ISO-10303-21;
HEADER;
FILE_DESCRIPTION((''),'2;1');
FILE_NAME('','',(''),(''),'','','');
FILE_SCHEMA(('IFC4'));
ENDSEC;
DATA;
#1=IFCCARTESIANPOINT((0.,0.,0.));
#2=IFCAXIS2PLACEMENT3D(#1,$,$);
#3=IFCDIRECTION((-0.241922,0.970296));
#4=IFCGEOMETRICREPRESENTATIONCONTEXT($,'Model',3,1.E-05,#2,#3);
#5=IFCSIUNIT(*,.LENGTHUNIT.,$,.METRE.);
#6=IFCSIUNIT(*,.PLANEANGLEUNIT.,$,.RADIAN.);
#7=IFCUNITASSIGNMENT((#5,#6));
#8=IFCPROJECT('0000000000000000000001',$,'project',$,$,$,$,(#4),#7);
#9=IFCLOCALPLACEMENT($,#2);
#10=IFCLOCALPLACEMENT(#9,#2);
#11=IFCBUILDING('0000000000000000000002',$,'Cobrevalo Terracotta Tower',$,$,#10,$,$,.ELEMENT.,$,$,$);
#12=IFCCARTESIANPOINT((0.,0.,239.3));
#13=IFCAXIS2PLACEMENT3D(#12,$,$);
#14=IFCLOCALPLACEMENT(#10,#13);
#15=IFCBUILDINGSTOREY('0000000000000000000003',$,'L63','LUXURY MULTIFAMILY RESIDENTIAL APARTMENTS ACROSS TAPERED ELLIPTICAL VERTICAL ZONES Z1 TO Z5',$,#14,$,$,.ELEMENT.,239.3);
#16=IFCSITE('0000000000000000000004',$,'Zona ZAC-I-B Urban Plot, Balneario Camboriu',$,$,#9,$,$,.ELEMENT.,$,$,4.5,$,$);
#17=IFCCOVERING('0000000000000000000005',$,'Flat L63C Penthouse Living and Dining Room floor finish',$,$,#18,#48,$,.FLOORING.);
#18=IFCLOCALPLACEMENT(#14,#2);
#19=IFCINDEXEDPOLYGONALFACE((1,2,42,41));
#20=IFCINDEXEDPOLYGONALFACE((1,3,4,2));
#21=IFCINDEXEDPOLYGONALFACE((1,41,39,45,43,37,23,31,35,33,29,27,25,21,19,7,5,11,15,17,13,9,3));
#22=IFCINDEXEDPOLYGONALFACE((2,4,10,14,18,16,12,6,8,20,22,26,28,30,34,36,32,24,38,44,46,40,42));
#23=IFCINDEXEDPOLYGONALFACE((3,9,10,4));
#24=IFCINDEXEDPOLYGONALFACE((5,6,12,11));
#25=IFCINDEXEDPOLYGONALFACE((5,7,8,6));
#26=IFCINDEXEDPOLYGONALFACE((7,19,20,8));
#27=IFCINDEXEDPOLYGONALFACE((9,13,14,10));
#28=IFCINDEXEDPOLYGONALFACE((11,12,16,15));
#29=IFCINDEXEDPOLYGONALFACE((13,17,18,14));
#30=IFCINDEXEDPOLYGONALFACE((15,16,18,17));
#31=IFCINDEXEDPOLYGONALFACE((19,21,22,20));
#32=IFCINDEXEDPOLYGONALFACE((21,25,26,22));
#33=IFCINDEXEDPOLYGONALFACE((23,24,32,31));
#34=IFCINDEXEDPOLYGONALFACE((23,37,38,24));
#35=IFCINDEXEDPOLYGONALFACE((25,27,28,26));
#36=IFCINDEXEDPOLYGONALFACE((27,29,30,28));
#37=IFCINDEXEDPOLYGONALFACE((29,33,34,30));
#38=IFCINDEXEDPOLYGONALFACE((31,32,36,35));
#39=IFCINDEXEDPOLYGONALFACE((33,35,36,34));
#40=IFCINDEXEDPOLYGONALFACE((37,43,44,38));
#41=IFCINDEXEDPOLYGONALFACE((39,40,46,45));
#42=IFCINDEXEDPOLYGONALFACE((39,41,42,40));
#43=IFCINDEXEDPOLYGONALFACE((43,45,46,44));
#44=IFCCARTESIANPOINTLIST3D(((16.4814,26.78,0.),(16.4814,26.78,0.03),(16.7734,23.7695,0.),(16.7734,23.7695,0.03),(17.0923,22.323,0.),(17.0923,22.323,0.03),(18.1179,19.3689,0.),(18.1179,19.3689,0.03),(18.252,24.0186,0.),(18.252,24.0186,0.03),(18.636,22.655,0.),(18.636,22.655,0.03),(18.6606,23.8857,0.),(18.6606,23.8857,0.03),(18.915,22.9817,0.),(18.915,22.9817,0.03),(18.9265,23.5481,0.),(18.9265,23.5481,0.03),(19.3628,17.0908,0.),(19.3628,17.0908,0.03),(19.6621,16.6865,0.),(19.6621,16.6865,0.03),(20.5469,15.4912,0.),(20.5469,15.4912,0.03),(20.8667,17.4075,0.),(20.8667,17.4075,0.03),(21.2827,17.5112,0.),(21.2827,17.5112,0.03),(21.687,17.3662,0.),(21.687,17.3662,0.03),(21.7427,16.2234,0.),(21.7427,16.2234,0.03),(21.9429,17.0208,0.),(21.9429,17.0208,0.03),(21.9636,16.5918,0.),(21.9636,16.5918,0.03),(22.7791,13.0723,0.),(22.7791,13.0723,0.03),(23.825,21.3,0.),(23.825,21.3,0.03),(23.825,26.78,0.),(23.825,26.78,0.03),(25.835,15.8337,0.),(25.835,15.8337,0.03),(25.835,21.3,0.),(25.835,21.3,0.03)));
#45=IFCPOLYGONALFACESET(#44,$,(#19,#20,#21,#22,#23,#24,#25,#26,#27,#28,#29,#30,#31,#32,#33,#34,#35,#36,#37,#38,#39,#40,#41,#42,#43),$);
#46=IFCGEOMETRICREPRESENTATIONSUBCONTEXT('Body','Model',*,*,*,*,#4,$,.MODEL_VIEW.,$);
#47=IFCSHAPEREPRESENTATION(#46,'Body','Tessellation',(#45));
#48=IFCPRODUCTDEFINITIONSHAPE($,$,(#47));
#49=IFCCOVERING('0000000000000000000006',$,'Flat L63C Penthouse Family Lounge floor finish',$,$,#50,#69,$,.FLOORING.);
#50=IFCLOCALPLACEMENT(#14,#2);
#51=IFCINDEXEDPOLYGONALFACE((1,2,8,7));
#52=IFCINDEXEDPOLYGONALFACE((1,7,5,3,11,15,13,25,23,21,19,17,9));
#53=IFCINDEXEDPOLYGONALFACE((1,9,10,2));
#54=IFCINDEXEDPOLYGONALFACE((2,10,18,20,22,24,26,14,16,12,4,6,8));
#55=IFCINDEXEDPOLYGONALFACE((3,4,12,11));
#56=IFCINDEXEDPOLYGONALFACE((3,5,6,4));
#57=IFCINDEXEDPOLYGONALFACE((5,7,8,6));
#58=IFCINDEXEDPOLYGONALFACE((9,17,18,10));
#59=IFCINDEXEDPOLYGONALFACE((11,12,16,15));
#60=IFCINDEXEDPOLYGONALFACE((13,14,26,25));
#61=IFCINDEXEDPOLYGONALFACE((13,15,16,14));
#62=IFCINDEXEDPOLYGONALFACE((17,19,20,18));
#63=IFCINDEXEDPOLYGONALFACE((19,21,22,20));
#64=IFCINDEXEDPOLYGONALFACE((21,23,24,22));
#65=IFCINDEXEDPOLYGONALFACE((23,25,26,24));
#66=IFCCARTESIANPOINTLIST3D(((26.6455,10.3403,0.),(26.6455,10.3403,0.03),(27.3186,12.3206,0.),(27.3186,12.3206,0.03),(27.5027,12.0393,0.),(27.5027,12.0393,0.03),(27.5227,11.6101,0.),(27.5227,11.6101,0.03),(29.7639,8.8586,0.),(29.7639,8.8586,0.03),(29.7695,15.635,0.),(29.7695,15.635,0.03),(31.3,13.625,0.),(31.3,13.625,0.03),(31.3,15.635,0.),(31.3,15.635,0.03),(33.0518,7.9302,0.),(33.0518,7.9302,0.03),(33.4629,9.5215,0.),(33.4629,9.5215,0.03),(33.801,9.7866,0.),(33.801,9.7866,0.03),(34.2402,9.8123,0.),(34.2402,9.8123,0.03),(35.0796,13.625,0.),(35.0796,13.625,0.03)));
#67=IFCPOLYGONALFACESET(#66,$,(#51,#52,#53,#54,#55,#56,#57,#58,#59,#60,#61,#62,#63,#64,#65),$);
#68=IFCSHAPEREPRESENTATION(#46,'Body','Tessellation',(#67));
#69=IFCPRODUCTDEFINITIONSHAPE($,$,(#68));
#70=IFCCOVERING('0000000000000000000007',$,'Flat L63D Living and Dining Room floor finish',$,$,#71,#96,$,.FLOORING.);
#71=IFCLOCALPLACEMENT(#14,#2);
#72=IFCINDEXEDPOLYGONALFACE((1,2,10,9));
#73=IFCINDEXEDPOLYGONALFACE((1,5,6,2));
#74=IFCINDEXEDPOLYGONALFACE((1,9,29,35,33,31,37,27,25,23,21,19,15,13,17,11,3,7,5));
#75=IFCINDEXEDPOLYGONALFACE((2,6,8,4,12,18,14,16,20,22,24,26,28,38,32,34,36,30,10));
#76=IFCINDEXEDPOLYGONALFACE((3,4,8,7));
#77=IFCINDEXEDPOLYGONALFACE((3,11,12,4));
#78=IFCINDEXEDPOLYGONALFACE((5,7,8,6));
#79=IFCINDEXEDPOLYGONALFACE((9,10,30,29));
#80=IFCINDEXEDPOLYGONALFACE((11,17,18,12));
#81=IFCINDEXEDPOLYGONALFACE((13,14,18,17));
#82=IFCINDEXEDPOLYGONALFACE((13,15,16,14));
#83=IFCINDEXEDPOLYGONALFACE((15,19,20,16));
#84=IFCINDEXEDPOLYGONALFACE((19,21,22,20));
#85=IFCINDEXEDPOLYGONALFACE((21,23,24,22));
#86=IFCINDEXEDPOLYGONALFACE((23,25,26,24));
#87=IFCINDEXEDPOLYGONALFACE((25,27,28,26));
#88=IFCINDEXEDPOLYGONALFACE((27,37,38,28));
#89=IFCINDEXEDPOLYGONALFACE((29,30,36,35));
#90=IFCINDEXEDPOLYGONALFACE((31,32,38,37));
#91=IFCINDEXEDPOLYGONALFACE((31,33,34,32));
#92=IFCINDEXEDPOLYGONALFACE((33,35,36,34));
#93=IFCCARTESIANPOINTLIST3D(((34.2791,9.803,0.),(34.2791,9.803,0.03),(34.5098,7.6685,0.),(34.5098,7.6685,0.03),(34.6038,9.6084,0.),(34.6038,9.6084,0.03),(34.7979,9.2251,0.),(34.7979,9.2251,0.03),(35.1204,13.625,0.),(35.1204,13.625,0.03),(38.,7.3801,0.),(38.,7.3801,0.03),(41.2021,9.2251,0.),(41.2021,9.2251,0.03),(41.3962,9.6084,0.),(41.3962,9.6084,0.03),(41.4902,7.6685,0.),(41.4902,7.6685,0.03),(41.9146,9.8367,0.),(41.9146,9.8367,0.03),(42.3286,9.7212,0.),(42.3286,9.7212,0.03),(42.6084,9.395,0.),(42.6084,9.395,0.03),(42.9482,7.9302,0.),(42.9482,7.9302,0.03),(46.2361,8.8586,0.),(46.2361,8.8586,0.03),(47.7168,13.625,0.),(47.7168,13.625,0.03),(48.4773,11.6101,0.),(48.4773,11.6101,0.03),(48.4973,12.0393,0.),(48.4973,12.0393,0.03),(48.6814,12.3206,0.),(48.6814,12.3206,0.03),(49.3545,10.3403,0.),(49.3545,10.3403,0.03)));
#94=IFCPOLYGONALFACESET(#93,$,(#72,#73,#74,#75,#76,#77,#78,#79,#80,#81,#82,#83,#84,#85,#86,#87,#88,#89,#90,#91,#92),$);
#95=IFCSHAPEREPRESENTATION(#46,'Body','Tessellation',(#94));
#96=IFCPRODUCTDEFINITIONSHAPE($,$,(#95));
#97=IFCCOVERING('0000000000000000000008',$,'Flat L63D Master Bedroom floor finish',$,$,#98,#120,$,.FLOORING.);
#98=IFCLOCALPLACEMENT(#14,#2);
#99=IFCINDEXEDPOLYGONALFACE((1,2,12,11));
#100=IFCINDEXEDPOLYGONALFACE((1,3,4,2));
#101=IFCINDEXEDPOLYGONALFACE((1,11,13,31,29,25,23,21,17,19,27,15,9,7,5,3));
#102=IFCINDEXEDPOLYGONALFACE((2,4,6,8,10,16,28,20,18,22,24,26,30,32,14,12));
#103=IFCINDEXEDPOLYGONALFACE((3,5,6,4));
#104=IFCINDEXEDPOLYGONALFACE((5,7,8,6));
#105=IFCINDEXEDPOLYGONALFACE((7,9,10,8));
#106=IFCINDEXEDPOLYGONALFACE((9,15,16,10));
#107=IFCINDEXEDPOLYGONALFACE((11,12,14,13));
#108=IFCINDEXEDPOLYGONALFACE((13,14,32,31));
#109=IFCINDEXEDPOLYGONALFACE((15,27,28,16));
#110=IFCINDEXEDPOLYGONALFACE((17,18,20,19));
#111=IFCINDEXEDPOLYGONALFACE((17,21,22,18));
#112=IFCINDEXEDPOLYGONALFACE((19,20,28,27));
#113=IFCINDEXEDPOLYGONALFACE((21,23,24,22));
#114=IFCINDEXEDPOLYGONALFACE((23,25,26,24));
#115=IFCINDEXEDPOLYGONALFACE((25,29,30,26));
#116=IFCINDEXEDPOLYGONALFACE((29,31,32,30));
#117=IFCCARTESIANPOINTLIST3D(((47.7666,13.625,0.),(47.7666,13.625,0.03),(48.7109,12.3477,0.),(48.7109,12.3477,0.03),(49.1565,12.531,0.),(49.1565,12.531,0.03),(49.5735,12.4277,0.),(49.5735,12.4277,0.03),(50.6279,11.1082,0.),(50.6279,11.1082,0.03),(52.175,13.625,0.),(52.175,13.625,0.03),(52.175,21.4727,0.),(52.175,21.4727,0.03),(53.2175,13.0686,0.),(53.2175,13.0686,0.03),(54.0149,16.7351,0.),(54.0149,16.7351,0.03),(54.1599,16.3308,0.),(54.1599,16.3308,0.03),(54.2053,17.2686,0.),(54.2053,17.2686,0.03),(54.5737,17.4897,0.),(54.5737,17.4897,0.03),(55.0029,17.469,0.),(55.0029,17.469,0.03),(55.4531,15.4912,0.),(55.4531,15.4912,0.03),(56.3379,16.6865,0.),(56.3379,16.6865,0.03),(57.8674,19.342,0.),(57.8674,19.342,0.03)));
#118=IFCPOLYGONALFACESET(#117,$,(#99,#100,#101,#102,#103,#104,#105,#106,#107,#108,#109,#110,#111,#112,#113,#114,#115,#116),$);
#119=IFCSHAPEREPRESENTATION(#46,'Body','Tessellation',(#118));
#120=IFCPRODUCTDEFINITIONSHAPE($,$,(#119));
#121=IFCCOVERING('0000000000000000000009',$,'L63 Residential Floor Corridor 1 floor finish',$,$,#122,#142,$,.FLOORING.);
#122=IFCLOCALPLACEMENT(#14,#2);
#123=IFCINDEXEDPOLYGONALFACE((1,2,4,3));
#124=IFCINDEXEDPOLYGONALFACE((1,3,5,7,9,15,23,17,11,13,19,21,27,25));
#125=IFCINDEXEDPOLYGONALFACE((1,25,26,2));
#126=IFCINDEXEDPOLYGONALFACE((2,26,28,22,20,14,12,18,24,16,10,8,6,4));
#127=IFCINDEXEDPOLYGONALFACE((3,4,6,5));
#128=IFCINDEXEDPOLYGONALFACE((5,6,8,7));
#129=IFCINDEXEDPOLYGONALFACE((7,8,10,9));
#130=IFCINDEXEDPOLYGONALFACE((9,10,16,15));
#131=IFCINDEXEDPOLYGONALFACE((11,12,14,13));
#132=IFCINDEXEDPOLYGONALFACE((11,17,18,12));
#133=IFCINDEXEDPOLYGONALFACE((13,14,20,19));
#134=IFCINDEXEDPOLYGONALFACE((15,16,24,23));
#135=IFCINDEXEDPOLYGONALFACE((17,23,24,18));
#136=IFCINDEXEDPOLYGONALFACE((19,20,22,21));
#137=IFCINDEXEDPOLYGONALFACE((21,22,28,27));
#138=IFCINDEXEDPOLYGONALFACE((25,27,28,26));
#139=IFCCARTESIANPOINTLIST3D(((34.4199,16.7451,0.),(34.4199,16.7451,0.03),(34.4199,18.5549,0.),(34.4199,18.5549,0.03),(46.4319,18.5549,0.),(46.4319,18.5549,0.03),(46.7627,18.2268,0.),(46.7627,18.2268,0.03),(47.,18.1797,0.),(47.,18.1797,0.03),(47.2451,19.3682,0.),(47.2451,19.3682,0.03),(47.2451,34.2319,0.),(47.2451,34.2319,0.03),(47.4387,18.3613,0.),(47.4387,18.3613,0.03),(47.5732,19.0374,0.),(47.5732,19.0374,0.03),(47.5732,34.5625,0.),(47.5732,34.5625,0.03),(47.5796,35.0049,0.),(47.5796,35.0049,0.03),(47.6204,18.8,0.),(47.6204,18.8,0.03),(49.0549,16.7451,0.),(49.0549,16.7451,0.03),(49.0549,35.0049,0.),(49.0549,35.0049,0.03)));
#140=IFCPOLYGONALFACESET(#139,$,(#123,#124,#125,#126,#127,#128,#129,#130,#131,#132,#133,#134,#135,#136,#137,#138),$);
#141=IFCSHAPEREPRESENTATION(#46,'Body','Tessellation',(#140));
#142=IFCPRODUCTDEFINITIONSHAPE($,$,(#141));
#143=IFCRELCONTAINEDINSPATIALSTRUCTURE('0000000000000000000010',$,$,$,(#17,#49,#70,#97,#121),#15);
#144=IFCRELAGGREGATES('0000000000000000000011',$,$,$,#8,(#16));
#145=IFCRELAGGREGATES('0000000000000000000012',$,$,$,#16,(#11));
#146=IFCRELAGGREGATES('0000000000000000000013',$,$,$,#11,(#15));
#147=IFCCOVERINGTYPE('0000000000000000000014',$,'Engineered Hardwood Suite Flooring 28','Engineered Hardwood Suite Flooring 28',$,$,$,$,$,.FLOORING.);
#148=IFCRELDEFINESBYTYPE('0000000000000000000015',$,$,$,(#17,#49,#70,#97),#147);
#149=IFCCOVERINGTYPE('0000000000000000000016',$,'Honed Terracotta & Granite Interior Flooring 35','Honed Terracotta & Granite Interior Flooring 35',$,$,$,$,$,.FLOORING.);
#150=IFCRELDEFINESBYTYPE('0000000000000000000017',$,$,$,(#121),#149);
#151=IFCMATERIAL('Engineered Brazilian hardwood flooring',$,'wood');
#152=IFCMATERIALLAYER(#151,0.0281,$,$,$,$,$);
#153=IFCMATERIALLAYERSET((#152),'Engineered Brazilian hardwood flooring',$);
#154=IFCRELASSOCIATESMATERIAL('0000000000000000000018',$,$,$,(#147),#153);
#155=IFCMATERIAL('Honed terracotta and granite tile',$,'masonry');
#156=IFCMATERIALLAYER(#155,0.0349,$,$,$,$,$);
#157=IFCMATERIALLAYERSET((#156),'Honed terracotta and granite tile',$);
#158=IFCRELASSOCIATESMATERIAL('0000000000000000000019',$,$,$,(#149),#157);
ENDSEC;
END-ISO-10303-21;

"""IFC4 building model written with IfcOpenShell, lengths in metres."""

from ifc_helpers import new_model, si_unit, direction, frame, origin, place, context, subcontext, project, spatial, polyline, outline, extrude, material, layer, layer_set, type_object, element, save


model = new_model("IFC4")

# Units and contexts
model_context = context("Model", 3, precision=1e-05, world=origin(), true_north=direction((-0.241922, 0.970296)))
body_context = subcontext(model_context, "Body", "Model", "MODEL_VIEW")
ifc_project = project(units=[si_unit("LENGTHUNIT", "METRE"), si_unit("PLANEANGLEUNIT", "RADIAN")], contexts=[model_context])

# Site, building, storey
site_placement = place(None, origin())
site = spatial("IfcSite", under=ifc_project, at=site_placement, Name="Zona ZAC-I-B Urban Plot, Balneario Camboriu", CompositionType="ELEMENT", RefElevation=4.5)
building_placement = place(site_placement, origin())
building = spatial("IfcBuilding", under=site, at=building_placement, Name="Cobrevalo Terracotta Tower", CompositionType="ELEMENT")
storey_placement = place(building_placement, frame((0.0, 0.0, 239.3)))
storey = spatial("IfcBuildingStorey", under=building, at=storey_placement, Name="L63", Description="LUXURY MULTIFAMILY RESIDENTIAL APARTMENTS ACROSS TAPERED ELLIPTICAL VERTICAL ZONES Z1 TO Z5", CompositionType="ELEMENT", Elevation=239.3)

# Coverings
ifc_material_1 = material(Name="Engineered Brazilian hardwood flooring", Category="wood")
ifc_layer_1 = layer(ifc_material_1, 0.0281)
ifc_layer_set_1 = layer_set([ifc_layer_1], Name="Engineered Brazilian hardwood flooring")
covering_type_1 = type_object("IfcCoveringType", Name="Engineered Hardwood Suite Flooring 28", Description="Engineered Hardwood Suite Flooring 28", PredefinedType="FLOORING", material=ifc_layer_set_1)
covering_1_placement = place(storey_placement, origin())
element("IfcCovering", 1, at=covering_1_placement, inside=storey, type_object=covering_type_1, Name="Flat L63C Penthouse Living and Dining Room floor finish", PredefinedType="FLOORING", context=body_context, shape_type="SweptSolid", body=[
    extrude(outline(polyline([(22.7791, 13.0723), (20.5469, 15.4912), (21.7427, 16.2234), (21.9636, 16.5918), (21.9429, 17.0208), (21.687, 17.3662), (21.2827, 17.5112), (20.8667, 17.4075), (19.6621, 16.6865), (19.3628, 17.0908), (18.1179, 19.3689), (17.0923, 22.323), (18.636, 22.655), (18.915, 22.9817), (18.9265, 23.5481), (18.6606, 23.8857), (18.252, 24.0186), (16.7734, 23.7695), (16.4814, 26.78), (23.825, 26.78), (23.825, 21.3), (25.835, 21.3), (25.835, 15.8337), (22.7791, 13.0723)])), origin(), (0.0, 0.0, 1.0), 0.03),
])
covering_2_placement = place(storey_placement, origin())
element("IfcCovering", 2, at=covering_2_placement, inside=storey, type_object=covering_type_1, Name="Flat L63C Penthouse Family Lounge floor finish", PredefinedType="FLOORING", context=body_context, shape_type="SweptSolid", body=[
    extrude(outline(polyline([(26.6455, 10.3403), (27.5227, 11.6101), (27.5027, 12.0393), (27.3186, 12.3206), (29.7695, 15.635), (31.3, 15.635), (31.3, 13.625), (35.0796, 13.625), (34.2402, 9.8123), (33.801, 9.7866), (33.4629, 9.5215), (33.0518, 7.9302), (29.7639, 8.8586), (26.6455, 10.3403)])), origin(), (0.0, 0.0, 1.0), 0.03),
])
covering_3_placement = place(storey_placement, origin())
element("IfcCovering", 3, at=covering_3_placement, inside=storey, type_object=covering_type_1, Name="Flat L63D Living and Dining Room floor finish", PredefinedType="FLOORING", context=body_context, shape_type="SweptSolid", body=[
    extrude(outline(polyline([(46.2361, 8.8586), (42.9482, 7.9302), (42.6084, 9.395), (42.3286, 9.7212), (41.9146, 9.8367), (41.3962, 9.6084), (41.2021, 9.2251), (41.4902, 7.6685), (38.0, 7.3801), (34.5098, 7.6685), (34.7979, 9.2251), (34.6038, 9.6084), (34.2791, 9.803), (35.1204, 13.625), (47.7168, 13.625), (48.6814, 12.3206), (48.4973, 12.0393), (48.4773, 11.6101), (49.3545, 10.3403), (46.2361, 8.8586)])), origin(), (0.0, 0.0, 1.0), 0.03),
])
covering_4_placement = place(storey_placement, origin())
element("IfcCovering", 4, at=covering_4_placement, inside=storey, type_object=covering_type_1, Name="Flat L63D Master Bedroom floor finish", PredefinedType="FLOORING", context=body_context, shape_type="SweptSolid", body=[
    extrude(outline(polyline([(53.2175, 13.0686), (50.6279, 11.1082), (49.5735, 12.4277), (49.1565, 12.531), (48.7109, 12.3477), (47.7666, 13.625), (52.175, 13.625), (52.175, 21.4727), (57.8674, 19.342), (56.3379, 16.6865), (55.0029, 17.469), (54.5737, 17.4897), (54.2053, 17.2686), (54.0149, 16.7351), (54.1599, 16.3308), (55.4531, 15.4912), (53.2175, 13.0686)])), origin(), (0.0, 0.0, 1.0), 0.03),
])
ifc_material_2 = material(Name="Honed terracotta and granite tile", Category="masonry")
ifc_layer_2 = layer(ifc_material_2, 0.0349)
ifc_layer_set_2 = layer_set([ifc_layer_2], Name="Honed terracotta and granite tile")
covering_type_2 = type_object("IfcCoveringType", Name="Honed Terracotta & Granite Interior Flooring 35", Description="Honed Terracotta & Granite Interior Flooring 35", PredefinedType="FLOORING", material=ifc_layer_set_2)
covering_5_placement = place(storey_placement, origin())
element("IfcCovering", 5, at=covering_5_placement, inside=storey, type_object=covering_type_2, Name="L63 Residential Floor Corridor 1 floor finish", PredefinedType="FLOORING", context=body_context, shape_type="SweptSolid", body=[
    extrude(outline(polyline([(34.4199, 18.5549), (46.4319, 18.5549), (46.7627, 18.2268), (47.0, 18.1797), (47.4387, 18.3613), (47.6204, 18.8), (47.5732, 19.0374), (47.2451, 19.3682), (47.2451, 34.2319), (47.5732, 34.5625), (47.5796, 35.0049), (49.0549, 35.0049), (49.0549, 16.7451), (34.4199, 16.7451), (34.4199, 18.5549)])), origin(), (0.0, 0.0, 1.0), 0.03),
])

save(model, "model.ifc")
